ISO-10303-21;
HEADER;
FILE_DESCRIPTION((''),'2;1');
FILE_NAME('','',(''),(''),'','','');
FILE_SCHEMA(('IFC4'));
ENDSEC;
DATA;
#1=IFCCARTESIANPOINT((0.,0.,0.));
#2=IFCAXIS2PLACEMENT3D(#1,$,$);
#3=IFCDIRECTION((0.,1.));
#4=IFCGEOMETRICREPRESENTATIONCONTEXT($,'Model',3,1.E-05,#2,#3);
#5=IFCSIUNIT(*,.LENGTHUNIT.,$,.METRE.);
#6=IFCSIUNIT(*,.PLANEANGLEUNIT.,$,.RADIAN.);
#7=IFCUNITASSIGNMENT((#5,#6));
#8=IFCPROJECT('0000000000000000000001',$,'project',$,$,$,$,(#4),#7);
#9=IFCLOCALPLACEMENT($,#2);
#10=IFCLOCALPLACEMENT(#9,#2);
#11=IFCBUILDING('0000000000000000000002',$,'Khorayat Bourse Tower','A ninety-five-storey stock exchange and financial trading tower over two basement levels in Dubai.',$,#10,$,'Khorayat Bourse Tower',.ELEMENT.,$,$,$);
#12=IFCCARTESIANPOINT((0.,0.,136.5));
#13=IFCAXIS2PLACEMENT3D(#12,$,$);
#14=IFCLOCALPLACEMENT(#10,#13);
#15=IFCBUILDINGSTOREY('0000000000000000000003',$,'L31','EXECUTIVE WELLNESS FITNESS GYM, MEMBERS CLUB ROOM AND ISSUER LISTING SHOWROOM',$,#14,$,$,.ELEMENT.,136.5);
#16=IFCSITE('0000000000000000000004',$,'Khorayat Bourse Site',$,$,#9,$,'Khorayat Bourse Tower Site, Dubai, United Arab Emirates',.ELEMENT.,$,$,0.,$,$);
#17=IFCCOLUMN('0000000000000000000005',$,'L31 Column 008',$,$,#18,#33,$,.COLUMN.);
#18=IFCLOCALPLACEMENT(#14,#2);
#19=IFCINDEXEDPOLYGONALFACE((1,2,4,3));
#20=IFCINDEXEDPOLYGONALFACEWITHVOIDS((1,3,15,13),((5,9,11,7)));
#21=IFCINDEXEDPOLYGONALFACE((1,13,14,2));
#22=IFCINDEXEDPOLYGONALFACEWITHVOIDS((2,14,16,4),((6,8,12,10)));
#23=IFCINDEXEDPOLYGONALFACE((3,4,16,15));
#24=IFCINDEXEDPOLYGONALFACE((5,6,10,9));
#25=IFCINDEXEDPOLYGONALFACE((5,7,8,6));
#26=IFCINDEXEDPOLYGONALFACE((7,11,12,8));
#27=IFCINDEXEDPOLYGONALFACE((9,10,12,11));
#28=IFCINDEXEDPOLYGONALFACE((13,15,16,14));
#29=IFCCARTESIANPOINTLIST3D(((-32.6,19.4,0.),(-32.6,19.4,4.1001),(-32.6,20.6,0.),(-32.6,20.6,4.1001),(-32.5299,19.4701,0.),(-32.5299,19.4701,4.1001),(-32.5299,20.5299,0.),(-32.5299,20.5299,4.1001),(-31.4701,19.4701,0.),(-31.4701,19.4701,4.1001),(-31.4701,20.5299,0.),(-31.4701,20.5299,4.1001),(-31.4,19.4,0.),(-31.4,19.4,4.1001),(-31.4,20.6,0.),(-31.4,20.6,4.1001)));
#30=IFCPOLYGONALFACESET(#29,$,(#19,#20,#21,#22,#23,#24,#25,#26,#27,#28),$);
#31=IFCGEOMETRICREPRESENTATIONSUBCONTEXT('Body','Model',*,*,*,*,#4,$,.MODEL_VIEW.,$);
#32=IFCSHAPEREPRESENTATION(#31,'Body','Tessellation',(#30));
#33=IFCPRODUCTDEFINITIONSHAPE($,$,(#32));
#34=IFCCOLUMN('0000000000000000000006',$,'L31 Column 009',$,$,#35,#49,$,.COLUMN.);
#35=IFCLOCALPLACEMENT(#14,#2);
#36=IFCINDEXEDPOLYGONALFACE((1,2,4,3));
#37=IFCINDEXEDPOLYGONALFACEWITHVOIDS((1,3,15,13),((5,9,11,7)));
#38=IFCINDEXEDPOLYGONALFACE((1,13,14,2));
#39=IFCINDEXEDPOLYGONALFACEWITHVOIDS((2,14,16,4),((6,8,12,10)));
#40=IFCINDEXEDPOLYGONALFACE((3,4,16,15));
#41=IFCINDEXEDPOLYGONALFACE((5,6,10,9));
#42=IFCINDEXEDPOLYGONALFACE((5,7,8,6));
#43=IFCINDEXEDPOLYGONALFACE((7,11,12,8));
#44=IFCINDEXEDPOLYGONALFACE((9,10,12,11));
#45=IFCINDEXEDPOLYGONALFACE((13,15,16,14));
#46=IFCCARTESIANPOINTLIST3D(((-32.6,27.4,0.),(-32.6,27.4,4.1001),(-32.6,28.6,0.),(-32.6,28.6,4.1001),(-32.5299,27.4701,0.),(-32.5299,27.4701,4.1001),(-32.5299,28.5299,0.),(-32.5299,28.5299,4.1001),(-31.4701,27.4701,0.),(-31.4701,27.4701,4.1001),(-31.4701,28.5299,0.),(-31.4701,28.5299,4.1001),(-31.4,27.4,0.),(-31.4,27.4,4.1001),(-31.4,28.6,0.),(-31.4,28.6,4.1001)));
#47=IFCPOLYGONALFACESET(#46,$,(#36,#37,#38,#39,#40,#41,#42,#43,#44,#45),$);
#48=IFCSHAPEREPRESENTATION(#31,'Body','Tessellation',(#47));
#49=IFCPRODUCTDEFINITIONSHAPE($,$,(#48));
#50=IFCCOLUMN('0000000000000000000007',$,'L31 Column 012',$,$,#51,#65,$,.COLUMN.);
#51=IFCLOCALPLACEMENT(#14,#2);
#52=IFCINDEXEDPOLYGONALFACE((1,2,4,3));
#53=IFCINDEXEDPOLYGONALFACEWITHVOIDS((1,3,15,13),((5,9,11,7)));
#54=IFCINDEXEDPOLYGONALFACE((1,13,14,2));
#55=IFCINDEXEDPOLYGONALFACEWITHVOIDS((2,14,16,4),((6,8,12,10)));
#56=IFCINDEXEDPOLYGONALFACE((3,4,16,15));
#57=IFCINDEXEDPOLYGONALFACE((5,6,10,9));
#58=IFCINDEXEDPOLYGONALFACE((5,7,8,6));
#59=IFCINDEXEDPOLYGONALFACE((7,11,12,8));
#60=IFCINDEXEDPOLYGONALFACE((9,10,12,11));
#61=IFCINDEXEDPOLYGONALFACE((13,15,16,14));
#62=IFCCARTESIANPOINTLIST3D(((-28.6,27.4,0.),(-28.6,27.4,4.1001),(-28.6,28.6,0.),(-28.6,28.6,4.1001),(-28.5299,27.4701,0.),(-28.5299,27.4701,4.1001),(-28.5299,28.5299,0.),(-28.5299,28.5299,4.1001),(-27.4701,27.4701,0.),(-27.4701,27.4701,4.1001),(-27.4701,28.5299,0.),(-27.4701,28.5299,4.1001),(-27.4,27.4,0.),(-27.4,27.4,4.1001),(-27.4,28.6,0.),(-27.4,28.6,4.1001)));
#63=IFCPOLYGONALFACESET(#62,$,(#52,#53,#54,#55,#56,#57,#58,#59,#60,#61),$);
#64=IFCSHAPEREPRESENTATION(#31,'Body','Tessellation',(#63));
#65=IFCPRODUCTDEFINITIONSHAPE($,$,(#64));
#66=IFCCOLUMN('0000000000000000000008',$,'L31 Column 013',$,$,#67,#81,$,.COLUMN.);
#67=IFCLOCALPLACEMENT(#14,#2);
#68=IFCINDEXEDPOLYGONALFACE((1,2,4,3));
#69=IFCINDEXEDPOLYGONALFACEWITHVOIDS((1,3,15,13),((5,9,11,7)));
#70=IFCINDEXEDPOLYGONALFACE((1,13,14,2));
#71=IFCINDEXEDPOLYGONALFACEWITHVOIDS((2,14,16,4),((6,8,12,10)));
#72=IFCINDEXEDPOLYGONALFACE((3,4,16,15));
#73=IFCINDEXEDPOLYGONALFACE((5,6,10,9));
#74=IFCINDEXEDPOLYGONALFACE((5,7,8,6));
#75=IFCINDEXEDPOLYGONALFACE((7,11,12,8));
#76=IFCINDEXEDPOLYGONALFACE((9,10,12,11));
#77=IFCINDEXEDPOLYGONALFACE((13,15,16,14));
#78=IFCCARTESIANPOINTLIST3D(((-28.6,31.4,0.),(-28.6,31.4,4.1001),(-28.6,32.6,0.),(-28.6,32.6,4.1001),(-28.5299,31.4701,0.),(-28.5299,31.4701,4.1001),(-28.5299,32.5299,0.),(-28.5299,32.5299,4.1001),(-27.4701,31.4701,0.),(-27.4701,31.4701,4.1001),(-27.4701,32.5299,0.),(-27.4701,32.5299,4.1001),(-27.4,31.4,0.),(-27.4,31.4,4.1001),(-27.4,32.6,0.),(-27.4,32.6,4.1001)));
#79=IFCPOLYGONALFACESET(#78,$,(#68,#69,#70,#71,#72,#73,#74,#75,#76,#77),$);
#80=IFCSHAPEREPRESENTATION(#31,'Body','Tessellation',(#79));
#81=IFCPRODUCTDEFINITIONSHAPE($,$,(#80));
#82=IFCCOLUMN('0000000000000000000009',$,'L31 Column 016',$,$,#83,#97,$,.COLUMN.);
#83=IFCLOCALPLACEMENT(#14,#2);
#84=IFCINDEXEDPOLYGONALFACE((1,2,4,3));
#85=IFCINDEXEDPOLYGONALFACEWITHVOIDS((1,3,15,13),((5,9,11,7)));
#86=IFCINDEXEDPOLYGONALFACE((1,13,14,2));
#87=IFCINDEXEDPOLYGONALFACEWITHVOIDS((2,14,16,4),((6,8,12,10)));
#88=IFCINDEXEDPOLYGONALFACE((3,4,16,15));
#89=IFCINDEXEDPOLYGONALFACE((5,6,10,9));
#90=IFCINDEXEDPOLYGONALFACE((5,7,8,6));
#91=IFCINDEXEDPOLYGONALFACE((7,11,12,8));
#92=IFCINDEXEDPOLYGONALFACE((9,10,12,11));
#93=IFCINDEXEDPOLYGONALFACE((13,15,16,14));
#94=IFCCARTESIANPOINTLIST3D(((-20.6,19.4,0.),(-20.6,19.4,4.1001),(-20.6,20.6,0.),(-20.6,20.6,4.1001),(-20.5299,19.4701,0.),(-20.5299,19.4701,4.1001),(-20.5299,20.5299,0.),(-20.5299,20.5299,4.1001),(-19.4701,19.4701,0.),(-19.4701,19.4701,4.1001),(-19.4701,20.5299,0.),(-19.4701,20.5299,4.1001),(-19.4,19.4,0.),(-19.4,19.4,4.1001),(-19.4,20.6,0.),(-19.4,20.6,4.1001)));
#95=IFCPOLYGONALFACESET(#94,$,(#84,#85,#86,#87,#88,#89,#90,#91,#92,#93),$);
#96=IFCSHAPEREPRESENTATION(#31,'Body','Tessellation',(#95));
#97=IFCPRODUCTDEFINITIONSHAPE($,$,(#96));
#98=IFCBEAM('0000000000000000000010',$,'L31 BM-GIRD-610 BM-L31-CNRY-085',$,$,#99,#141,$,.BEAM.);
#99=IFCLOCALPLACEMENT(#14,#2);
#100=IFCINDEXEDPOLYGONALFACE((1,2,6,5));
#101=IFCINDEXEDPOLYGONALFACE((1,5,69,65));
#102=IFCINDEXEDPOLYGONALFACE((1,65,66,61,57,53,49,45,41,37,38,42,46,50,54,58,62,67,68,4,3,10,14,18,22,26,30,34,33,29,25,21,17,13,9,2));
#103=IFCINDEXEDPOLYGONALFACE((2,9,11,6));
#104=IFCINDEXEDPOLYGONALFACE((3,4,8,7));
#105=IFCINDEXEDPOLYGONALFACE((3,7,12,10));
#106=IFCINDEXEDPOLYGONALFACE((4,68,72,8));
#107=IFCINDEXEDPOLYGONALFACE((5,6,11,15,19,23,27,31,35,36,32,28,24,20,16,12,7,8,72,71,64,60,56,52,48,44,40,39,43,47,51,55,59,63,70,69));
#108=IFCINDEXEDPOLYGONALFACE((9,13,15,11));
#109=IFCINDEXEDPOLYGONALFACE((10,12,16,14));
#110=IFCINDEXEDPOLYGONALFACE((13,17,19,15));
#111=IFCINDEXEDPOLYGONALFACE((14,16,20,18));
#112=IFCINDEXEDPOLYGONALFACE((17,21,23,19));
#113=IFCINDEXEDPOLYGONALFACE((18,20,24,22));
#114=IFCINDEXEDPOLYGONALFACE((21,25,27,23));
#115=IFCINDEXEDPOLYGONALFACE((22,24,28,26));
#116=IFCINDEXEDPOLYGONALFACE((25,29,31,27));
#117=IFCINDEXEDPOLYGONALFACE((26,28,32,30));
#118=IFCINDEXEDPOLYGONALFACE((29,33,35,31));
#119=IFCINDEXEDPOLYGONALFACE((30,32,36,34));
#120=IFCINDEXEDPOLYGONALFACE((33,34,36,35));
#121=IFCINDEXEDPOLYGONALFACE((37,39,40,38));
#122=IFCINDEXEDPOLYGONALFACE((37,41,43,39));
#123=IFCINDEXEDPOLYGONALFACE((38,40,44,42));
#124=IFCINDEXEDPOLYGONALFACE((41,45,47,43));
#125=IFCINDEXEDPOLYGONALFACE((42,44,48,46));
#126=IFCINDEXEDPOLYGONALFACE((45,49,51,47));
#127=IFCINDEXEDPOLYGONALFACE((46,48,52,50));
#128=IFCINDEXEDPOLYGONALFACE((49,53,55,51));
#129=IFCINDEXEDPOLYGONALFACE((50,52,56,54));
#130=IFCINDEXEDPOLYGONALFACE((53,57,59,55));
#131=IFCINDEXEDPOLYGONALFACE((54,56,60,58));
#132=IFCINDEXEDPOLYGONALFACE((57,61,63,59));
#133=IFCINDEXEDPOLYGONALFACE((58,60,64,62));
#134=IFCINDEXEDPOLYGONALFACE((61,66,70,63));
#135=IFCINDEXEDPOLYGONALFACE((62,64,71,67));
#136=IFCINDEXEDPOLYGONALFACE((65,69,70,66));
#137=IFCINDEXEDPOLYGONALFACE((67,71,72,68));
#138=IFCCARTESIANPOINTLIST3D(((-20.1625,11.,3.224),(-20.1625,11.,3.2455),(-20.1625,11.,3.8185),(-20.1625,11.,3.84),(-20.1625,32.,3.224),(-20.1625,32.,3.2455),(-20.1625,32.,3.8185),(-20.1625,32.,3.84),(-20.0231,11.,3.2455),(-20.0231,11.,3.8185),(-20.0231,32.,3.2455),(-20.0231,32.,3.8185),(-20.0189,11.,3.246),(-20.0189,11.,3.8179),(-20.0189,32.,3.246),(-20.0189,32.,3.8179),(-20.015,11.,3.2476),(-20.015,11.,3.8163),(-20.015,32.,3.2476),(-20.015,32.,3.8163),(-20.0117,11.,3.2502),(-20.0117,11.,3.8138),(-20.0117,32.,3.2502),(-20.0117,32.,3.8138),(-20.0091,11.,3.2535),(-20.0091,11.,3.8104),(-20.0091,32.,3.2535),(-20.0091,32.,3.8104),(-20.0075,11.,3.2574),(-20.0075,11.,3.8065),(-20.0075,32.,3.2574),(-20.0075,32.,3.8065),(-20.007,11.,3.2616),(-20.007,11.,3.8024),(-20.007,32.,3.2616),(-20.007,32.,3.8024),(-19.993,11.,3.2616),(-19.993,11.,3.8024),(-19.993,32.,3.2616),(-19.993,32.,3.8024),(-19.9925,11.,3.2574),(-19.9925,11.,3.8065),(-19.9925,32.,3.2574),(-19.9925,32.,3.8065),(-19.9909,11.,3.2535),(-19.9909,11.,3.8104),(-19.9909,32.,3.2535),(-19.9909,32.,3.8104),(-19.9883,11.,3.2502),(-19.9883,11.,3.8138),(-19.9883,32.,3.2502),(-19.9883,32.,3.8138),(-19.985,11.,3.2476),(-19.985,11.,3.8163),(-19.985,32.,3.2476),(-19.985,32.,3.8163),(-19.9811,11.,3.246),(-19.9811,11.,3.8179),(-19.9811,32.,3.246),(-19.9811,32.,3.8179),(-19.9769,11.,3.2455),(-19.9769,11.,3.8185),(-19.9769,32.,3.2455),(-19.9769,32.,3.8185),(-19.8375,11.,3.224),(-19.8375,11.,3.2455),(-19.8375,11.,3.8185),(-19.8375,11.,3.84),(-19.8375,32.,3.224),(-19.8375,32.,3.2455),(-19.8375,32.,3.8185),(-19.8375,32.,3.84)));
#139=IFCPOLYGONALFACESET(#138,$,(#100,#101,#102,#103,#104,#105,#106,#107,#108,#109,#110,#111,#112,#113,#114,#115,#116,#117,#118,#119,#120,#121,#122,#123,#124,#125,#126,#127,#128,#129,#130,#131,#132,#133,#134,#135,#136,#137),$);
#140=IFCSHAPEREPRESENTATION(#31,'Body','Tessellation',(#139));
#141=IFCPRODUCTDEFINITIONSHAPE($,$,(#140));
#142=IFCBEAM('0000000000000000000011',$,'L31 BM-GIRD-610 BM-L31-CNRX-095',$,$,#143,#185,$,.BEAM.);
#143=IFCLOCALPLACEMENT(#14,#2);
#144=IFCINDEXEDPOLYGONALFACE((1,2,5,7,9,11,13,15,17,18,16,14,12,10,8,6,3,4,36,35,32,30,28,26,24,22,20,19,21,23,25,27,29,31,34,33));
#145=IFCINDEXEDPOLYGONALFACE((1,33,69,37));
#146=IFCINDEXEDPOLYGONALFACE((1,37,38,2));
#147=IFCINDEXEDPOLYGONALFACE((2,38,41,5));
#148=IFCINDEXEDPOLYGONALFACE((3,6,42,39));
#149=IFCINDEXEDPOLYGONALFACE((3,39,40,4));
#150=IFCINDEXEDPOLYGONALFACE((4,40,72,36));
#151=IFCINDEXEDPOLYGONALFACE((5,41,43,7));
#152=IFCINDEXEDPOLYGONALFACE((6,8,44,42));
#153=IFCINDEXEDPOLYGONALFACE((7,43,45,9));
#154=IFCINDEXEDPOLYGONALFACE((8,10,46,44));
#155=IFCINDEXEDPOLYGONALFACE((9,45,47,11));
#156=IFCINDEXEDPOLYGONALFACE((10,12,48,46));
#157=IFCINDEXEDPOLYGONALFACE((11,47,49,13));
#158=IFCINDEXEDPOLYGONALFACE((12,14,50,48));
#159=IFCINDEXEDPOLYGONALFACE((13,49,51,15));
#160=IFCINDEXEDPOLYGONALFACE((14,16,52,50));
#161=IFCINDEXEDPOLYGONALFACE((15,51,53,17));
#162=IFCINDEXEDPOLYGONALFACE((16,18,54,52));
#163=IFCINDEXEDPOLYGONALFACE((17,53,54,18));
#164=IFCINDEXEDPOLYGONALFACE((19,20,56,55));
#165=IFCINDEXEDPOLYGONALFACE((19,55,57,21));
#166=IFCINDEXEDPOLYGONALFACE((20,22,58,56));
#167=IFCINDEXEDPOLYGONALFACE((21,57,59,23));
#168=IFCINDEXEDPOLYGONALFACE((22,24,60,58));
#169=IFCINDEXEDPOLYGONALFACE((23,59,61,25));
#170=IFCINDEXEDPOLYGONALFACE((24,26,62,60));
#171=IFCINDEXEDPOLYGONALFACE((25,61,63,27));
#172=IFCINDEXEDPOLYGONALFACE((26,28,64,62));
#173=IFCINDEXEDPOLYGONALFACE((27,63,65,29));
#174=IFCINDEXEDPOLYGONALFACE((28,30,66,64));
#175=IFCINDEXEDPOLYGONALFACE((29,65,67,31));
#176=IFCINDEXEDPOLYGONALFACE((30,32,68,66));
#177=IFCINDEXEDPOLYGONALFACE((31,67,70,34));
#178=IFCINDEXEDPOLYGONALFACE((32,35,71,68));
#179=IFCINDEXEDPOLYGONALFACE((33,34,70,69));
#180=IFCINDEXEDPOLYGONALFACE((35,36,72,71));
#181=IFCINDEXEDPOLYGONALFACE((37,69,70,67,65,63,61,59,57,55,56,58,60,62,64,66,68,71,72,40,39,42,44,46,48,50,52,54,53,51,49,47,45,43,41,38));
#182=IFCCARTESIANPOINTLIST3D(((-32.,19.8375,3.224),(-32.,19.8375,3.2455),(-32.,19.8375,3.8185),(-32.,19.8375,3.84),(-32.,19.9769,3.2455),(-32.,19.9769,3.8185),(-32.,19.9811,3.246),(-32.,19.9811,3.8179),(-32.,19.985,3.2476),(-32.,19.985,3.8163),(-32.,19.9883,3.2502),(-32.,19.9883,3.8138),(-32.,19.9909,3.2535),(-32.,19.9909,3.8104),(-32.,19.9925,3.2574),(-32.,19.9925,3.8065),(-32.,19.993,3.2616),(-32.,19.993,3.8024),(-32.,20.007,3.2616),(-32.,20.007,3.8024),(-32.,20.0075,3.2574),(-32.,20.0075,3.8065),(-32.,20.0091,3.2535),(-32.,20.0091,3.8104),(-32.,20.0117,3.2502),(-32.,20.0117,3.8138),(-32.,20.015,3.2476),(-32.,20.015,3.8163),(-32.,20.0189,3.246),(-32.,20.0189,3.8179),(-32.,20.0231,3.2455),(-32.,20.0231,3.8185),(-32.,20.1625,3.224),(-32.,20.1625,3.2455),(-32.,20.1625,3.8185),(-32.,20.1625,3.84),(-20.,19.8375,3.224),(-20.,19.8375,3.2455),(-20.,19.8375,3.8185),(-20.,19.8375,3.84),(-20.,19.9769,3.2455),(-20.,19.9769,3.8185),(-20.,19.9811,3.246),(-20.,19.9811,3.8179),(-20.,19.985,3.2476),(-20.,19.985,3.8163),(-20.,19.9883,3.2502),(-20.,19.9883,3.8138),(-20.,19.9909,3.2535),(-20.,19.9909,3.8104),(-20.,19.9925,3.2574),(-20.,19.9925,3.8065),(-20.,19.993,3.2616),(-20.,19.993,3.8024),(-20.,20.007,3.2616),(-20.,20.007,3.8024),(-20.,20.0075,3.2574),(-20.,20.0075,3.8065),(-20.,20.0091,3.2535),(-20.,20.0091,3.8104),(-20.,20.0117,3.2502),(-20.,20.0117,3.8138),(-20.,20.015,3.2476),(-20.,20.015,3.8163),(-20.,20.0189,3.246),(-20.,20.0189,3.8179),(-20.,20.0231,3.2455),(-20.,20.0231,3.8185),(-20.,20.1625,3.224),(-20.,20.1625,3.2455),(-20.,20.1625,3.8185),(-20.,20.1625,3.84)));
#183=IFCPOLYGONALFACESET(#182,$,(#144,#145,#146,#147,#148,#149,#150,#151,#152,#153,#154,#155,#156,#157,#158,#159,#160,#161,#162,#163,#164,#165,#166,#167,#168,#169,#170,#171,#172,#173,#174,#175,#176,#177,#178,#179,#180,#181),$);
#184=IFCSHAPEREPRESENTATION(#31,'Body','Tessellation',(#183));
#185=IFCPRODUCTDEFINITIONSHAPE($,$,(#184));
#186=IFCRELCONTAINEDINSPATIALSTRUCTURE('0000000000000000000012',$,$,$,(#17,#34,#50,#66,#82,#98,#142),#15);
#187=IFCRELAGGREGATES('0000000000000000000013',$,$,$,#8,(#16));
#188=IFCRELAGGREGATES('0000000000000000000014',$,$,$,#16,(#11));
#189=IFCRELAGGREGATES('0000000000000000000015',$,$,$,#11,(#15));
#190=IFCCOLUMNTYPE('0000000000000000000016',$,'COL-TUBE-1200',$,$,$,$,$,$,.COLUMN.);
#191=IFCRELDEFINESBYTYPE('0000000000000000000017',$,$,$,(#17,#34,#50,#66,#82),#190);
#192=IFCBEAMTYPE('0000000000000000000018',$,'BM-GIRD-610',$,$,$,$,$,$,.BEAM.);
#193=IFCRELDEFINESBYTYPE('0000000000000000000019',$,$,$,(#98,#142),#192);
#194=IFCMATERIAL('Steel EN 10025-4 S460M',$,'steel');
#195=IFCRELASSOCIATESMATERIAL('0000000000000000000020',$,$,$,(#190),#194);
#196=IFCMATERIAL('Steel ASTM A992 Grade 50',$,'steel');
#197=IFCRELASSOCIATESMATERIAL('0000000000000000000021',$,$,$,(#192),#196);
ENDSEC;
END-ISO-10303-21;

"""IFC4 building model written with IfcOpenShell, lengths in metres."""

from ifc_helpers import new_model, si_unit, direction, frame, origin, origin_2d, place, context, subcontext, project, spatial, hollow_rectangle, i_section, extrude, source, transform, mapped, material, material_profile, profile_set, type_object, element, save


model = new_model("IFC4")

# Units and contexts
model_context = context("Model", 3, precision=1e-05, world=origin(), true_north=direction((0.0, 1.0)))
body_context = subcontext(model_context, "Body", "Model", "MODEL_VIEW")
ifc_project = project(units=[si_unit("LENGTHUNIT", "METRE"), si_unit("PLANEANGLEUNIT", "RADIAN")], contexts=[model_context])

# Site, building, storey
site_placement = place(None, origin())
site = spatial("IfcSite", under=ifc_project, at=site_placement, Name="Khorayat Bourse Site", LongName="Khorayat Bourse Tower Site, Dubai, United Arab Emirates", CompositionType="ELEMENT", RefElevation=0.0)
building_placement = place(site_placement, origin())
building = spatial("IfcBuilding", under=site, at=building_placement, Name="Khorayat Bourse Tower", Description="A ninety-five-storey stock exchange and financial trading tower over two basement levels in Dubai.", LongName="Khorayat Bourse Tower", CompositionType="ELEMENT")
storey_placement = place(building_placement, frame((0.0, 0.0, 136.5)))
storey = spatial("IfcBuildingStorey", under=building, at=storey_placement, Name="L31", Description="EXECUTIVE WELLNESS FITNESS GYM, MEMBERS CLUB ROOM AND ISSUER LISTING SHOWROOM", CompositionType="ELEMENT", Elevation=136.5)

# Columns
ifc_material_1 = material(Name="Steel EN 10025-4 S460M", Category="steel")
ifc_material_profile_1 = material_profile(ifc_material_1, hollow_rectangle(XDim=1.2, YDim=1.2, WallThickness=0.0701, at=origin_2d()), Name="BOX 1200x1200x70")
ifc_profile_set_1 = profile_set([ifc_material_profile_1], Name="Steel EN 10025-4 S460M")
column_type = type_object("IfcColumnType", Name="COL-TUBE-1200", PredefinedType="COLUMN", material=ifc_profile_set_1)
shared_shape_1 = source(origin(), body_context, "Body", "SweptSolid", [
    extrude(hollow_rectangle(XDim=1.2, YDim=1.2, WallThickness=0.0701, at=origin_2d()), origin(), (0.0, 0.0, 1.0), 4.1001),
])
for number, where, z_axis, x_axis, name in (
    (1, (-32.0, 20.0, 0.0), (0.0, 0.0, 1.0), (1.0, 0.0, 0.0), "L31 Column 008"),
    (2, (-32.0, 28.0, 0.0), (0.0, 0.0, 1.0), (1.0, 0.0, 0.0), "L31 Column 009"),
    (3, (-28.0, 28.0, 0.0), (0.0, 0.0, 1.0), (1.0, 0.0, 0.0), "L31 Column 012"),
    (4, (-28.0, 32.0, 0.0), (0.0, 0.0, 1.0), (1.0, 0.0, 0.0), "L31 Column 013"),
    (5, (-20.0, 20.0, 0.0), (0.0, 0.0, 1.0), (1.0, 0.0, 0.0), "L31 Column 016"),
):
    element("IfcColumn", number, at=place(storey_placement, frame(where, z_axis=z_axis, x_axis=x_axis)), inside=storey, type_object=column_type, Name=name, PredefinedType="COLUMN", context=body_context, shape_type="MappedRepresentation", body=[
        mapped(shared_shape_1, transform((0.0, 0.0, 0.0), scale=1.0)),
    ])

# Beams
ifc_material_2 = material(Name="Steel ASTM A992 Grade 50", Category="steel")
ifc_material_profile_2 = material_profile(ifc_material_2, i_section(OverallWidth=0.325, OverallDepth=0.616, WebThickness=0.0139, FlangeThickness=0.0215, FilletRadius=0.0161, at=origin_2d()), Name="W610X174")
ifc_profile_set_2 = profile_set([ifc_material_profile_2], Name="Steel ASTM A992 Grade 50")
beam_type_1 = type_object("IfcBeamType", Name="BM-GIRD-610", PredefinedType="BEAM", material=ifc_profile_set_2)
shared_shape_2 = source(origin(), body_context, "Body", "SweptSolid", [
    extrude(i_section(OverallWidth=0.325, OverallDepth=0.616, WebThickness=0.0139, FlangeThickness=0.0215, FilletRadius=0.0161, at=origin_2d()), origin(), (0.0, 0.0, 1.0), 21.0),
])
beam_1_placement = place(storey_placement, frame((-20.0, 11.0, 3.532), z_axis=(0.0, 1.0, 0.0), x_axis=(-1.0, 0.0, 0.0)))
element("IfcBeam", 6, at=beam_1_placement, inside=storey, type_object=beam_type_1, Name="L31 BM-GIRD-610 BM-L31-CNRY-085", PredefinedType="BEAM", context=body_context, shape_type="MappedRepresentation", body=[
    mapped(shared_shape_2, transform((0.0, 0.0, 0.0), scale=1.0)),
])
shared_shape_3 = source(origin(), body_context, "Body", "SweptSolid", [
    extrude(i_section(OverallWidth=0.325, OverallDepth=0.616, WebThickness=0.0139, FlangeThickness=0.0215, FilletRadius=0.0161, at=origin_2d()), origin(), (0.0, 0.0, 1.0), 12.0),
])
beam_2_placement = place(storey_placement, frame((-32.0, 20.0, 3.532), z_axis=(1.0, 0.0, 0.0), x_axis=(0.0, 1.0, 0.0)))
element("IfcBeam", 7, at=beam_2_placement, inside=storey, type_object=beam_type_1, Name="L31 BM-GIRD-610 BM-L31-CNRX-095", PredefinedType="BEAM", context=body_context, shape_type="MappedRepresentation", body=[
    mapped(shared_shape_3, transform((0.0, 0.0, 0.0), scale=1.0)),
])

save(model, "model.ifc")
